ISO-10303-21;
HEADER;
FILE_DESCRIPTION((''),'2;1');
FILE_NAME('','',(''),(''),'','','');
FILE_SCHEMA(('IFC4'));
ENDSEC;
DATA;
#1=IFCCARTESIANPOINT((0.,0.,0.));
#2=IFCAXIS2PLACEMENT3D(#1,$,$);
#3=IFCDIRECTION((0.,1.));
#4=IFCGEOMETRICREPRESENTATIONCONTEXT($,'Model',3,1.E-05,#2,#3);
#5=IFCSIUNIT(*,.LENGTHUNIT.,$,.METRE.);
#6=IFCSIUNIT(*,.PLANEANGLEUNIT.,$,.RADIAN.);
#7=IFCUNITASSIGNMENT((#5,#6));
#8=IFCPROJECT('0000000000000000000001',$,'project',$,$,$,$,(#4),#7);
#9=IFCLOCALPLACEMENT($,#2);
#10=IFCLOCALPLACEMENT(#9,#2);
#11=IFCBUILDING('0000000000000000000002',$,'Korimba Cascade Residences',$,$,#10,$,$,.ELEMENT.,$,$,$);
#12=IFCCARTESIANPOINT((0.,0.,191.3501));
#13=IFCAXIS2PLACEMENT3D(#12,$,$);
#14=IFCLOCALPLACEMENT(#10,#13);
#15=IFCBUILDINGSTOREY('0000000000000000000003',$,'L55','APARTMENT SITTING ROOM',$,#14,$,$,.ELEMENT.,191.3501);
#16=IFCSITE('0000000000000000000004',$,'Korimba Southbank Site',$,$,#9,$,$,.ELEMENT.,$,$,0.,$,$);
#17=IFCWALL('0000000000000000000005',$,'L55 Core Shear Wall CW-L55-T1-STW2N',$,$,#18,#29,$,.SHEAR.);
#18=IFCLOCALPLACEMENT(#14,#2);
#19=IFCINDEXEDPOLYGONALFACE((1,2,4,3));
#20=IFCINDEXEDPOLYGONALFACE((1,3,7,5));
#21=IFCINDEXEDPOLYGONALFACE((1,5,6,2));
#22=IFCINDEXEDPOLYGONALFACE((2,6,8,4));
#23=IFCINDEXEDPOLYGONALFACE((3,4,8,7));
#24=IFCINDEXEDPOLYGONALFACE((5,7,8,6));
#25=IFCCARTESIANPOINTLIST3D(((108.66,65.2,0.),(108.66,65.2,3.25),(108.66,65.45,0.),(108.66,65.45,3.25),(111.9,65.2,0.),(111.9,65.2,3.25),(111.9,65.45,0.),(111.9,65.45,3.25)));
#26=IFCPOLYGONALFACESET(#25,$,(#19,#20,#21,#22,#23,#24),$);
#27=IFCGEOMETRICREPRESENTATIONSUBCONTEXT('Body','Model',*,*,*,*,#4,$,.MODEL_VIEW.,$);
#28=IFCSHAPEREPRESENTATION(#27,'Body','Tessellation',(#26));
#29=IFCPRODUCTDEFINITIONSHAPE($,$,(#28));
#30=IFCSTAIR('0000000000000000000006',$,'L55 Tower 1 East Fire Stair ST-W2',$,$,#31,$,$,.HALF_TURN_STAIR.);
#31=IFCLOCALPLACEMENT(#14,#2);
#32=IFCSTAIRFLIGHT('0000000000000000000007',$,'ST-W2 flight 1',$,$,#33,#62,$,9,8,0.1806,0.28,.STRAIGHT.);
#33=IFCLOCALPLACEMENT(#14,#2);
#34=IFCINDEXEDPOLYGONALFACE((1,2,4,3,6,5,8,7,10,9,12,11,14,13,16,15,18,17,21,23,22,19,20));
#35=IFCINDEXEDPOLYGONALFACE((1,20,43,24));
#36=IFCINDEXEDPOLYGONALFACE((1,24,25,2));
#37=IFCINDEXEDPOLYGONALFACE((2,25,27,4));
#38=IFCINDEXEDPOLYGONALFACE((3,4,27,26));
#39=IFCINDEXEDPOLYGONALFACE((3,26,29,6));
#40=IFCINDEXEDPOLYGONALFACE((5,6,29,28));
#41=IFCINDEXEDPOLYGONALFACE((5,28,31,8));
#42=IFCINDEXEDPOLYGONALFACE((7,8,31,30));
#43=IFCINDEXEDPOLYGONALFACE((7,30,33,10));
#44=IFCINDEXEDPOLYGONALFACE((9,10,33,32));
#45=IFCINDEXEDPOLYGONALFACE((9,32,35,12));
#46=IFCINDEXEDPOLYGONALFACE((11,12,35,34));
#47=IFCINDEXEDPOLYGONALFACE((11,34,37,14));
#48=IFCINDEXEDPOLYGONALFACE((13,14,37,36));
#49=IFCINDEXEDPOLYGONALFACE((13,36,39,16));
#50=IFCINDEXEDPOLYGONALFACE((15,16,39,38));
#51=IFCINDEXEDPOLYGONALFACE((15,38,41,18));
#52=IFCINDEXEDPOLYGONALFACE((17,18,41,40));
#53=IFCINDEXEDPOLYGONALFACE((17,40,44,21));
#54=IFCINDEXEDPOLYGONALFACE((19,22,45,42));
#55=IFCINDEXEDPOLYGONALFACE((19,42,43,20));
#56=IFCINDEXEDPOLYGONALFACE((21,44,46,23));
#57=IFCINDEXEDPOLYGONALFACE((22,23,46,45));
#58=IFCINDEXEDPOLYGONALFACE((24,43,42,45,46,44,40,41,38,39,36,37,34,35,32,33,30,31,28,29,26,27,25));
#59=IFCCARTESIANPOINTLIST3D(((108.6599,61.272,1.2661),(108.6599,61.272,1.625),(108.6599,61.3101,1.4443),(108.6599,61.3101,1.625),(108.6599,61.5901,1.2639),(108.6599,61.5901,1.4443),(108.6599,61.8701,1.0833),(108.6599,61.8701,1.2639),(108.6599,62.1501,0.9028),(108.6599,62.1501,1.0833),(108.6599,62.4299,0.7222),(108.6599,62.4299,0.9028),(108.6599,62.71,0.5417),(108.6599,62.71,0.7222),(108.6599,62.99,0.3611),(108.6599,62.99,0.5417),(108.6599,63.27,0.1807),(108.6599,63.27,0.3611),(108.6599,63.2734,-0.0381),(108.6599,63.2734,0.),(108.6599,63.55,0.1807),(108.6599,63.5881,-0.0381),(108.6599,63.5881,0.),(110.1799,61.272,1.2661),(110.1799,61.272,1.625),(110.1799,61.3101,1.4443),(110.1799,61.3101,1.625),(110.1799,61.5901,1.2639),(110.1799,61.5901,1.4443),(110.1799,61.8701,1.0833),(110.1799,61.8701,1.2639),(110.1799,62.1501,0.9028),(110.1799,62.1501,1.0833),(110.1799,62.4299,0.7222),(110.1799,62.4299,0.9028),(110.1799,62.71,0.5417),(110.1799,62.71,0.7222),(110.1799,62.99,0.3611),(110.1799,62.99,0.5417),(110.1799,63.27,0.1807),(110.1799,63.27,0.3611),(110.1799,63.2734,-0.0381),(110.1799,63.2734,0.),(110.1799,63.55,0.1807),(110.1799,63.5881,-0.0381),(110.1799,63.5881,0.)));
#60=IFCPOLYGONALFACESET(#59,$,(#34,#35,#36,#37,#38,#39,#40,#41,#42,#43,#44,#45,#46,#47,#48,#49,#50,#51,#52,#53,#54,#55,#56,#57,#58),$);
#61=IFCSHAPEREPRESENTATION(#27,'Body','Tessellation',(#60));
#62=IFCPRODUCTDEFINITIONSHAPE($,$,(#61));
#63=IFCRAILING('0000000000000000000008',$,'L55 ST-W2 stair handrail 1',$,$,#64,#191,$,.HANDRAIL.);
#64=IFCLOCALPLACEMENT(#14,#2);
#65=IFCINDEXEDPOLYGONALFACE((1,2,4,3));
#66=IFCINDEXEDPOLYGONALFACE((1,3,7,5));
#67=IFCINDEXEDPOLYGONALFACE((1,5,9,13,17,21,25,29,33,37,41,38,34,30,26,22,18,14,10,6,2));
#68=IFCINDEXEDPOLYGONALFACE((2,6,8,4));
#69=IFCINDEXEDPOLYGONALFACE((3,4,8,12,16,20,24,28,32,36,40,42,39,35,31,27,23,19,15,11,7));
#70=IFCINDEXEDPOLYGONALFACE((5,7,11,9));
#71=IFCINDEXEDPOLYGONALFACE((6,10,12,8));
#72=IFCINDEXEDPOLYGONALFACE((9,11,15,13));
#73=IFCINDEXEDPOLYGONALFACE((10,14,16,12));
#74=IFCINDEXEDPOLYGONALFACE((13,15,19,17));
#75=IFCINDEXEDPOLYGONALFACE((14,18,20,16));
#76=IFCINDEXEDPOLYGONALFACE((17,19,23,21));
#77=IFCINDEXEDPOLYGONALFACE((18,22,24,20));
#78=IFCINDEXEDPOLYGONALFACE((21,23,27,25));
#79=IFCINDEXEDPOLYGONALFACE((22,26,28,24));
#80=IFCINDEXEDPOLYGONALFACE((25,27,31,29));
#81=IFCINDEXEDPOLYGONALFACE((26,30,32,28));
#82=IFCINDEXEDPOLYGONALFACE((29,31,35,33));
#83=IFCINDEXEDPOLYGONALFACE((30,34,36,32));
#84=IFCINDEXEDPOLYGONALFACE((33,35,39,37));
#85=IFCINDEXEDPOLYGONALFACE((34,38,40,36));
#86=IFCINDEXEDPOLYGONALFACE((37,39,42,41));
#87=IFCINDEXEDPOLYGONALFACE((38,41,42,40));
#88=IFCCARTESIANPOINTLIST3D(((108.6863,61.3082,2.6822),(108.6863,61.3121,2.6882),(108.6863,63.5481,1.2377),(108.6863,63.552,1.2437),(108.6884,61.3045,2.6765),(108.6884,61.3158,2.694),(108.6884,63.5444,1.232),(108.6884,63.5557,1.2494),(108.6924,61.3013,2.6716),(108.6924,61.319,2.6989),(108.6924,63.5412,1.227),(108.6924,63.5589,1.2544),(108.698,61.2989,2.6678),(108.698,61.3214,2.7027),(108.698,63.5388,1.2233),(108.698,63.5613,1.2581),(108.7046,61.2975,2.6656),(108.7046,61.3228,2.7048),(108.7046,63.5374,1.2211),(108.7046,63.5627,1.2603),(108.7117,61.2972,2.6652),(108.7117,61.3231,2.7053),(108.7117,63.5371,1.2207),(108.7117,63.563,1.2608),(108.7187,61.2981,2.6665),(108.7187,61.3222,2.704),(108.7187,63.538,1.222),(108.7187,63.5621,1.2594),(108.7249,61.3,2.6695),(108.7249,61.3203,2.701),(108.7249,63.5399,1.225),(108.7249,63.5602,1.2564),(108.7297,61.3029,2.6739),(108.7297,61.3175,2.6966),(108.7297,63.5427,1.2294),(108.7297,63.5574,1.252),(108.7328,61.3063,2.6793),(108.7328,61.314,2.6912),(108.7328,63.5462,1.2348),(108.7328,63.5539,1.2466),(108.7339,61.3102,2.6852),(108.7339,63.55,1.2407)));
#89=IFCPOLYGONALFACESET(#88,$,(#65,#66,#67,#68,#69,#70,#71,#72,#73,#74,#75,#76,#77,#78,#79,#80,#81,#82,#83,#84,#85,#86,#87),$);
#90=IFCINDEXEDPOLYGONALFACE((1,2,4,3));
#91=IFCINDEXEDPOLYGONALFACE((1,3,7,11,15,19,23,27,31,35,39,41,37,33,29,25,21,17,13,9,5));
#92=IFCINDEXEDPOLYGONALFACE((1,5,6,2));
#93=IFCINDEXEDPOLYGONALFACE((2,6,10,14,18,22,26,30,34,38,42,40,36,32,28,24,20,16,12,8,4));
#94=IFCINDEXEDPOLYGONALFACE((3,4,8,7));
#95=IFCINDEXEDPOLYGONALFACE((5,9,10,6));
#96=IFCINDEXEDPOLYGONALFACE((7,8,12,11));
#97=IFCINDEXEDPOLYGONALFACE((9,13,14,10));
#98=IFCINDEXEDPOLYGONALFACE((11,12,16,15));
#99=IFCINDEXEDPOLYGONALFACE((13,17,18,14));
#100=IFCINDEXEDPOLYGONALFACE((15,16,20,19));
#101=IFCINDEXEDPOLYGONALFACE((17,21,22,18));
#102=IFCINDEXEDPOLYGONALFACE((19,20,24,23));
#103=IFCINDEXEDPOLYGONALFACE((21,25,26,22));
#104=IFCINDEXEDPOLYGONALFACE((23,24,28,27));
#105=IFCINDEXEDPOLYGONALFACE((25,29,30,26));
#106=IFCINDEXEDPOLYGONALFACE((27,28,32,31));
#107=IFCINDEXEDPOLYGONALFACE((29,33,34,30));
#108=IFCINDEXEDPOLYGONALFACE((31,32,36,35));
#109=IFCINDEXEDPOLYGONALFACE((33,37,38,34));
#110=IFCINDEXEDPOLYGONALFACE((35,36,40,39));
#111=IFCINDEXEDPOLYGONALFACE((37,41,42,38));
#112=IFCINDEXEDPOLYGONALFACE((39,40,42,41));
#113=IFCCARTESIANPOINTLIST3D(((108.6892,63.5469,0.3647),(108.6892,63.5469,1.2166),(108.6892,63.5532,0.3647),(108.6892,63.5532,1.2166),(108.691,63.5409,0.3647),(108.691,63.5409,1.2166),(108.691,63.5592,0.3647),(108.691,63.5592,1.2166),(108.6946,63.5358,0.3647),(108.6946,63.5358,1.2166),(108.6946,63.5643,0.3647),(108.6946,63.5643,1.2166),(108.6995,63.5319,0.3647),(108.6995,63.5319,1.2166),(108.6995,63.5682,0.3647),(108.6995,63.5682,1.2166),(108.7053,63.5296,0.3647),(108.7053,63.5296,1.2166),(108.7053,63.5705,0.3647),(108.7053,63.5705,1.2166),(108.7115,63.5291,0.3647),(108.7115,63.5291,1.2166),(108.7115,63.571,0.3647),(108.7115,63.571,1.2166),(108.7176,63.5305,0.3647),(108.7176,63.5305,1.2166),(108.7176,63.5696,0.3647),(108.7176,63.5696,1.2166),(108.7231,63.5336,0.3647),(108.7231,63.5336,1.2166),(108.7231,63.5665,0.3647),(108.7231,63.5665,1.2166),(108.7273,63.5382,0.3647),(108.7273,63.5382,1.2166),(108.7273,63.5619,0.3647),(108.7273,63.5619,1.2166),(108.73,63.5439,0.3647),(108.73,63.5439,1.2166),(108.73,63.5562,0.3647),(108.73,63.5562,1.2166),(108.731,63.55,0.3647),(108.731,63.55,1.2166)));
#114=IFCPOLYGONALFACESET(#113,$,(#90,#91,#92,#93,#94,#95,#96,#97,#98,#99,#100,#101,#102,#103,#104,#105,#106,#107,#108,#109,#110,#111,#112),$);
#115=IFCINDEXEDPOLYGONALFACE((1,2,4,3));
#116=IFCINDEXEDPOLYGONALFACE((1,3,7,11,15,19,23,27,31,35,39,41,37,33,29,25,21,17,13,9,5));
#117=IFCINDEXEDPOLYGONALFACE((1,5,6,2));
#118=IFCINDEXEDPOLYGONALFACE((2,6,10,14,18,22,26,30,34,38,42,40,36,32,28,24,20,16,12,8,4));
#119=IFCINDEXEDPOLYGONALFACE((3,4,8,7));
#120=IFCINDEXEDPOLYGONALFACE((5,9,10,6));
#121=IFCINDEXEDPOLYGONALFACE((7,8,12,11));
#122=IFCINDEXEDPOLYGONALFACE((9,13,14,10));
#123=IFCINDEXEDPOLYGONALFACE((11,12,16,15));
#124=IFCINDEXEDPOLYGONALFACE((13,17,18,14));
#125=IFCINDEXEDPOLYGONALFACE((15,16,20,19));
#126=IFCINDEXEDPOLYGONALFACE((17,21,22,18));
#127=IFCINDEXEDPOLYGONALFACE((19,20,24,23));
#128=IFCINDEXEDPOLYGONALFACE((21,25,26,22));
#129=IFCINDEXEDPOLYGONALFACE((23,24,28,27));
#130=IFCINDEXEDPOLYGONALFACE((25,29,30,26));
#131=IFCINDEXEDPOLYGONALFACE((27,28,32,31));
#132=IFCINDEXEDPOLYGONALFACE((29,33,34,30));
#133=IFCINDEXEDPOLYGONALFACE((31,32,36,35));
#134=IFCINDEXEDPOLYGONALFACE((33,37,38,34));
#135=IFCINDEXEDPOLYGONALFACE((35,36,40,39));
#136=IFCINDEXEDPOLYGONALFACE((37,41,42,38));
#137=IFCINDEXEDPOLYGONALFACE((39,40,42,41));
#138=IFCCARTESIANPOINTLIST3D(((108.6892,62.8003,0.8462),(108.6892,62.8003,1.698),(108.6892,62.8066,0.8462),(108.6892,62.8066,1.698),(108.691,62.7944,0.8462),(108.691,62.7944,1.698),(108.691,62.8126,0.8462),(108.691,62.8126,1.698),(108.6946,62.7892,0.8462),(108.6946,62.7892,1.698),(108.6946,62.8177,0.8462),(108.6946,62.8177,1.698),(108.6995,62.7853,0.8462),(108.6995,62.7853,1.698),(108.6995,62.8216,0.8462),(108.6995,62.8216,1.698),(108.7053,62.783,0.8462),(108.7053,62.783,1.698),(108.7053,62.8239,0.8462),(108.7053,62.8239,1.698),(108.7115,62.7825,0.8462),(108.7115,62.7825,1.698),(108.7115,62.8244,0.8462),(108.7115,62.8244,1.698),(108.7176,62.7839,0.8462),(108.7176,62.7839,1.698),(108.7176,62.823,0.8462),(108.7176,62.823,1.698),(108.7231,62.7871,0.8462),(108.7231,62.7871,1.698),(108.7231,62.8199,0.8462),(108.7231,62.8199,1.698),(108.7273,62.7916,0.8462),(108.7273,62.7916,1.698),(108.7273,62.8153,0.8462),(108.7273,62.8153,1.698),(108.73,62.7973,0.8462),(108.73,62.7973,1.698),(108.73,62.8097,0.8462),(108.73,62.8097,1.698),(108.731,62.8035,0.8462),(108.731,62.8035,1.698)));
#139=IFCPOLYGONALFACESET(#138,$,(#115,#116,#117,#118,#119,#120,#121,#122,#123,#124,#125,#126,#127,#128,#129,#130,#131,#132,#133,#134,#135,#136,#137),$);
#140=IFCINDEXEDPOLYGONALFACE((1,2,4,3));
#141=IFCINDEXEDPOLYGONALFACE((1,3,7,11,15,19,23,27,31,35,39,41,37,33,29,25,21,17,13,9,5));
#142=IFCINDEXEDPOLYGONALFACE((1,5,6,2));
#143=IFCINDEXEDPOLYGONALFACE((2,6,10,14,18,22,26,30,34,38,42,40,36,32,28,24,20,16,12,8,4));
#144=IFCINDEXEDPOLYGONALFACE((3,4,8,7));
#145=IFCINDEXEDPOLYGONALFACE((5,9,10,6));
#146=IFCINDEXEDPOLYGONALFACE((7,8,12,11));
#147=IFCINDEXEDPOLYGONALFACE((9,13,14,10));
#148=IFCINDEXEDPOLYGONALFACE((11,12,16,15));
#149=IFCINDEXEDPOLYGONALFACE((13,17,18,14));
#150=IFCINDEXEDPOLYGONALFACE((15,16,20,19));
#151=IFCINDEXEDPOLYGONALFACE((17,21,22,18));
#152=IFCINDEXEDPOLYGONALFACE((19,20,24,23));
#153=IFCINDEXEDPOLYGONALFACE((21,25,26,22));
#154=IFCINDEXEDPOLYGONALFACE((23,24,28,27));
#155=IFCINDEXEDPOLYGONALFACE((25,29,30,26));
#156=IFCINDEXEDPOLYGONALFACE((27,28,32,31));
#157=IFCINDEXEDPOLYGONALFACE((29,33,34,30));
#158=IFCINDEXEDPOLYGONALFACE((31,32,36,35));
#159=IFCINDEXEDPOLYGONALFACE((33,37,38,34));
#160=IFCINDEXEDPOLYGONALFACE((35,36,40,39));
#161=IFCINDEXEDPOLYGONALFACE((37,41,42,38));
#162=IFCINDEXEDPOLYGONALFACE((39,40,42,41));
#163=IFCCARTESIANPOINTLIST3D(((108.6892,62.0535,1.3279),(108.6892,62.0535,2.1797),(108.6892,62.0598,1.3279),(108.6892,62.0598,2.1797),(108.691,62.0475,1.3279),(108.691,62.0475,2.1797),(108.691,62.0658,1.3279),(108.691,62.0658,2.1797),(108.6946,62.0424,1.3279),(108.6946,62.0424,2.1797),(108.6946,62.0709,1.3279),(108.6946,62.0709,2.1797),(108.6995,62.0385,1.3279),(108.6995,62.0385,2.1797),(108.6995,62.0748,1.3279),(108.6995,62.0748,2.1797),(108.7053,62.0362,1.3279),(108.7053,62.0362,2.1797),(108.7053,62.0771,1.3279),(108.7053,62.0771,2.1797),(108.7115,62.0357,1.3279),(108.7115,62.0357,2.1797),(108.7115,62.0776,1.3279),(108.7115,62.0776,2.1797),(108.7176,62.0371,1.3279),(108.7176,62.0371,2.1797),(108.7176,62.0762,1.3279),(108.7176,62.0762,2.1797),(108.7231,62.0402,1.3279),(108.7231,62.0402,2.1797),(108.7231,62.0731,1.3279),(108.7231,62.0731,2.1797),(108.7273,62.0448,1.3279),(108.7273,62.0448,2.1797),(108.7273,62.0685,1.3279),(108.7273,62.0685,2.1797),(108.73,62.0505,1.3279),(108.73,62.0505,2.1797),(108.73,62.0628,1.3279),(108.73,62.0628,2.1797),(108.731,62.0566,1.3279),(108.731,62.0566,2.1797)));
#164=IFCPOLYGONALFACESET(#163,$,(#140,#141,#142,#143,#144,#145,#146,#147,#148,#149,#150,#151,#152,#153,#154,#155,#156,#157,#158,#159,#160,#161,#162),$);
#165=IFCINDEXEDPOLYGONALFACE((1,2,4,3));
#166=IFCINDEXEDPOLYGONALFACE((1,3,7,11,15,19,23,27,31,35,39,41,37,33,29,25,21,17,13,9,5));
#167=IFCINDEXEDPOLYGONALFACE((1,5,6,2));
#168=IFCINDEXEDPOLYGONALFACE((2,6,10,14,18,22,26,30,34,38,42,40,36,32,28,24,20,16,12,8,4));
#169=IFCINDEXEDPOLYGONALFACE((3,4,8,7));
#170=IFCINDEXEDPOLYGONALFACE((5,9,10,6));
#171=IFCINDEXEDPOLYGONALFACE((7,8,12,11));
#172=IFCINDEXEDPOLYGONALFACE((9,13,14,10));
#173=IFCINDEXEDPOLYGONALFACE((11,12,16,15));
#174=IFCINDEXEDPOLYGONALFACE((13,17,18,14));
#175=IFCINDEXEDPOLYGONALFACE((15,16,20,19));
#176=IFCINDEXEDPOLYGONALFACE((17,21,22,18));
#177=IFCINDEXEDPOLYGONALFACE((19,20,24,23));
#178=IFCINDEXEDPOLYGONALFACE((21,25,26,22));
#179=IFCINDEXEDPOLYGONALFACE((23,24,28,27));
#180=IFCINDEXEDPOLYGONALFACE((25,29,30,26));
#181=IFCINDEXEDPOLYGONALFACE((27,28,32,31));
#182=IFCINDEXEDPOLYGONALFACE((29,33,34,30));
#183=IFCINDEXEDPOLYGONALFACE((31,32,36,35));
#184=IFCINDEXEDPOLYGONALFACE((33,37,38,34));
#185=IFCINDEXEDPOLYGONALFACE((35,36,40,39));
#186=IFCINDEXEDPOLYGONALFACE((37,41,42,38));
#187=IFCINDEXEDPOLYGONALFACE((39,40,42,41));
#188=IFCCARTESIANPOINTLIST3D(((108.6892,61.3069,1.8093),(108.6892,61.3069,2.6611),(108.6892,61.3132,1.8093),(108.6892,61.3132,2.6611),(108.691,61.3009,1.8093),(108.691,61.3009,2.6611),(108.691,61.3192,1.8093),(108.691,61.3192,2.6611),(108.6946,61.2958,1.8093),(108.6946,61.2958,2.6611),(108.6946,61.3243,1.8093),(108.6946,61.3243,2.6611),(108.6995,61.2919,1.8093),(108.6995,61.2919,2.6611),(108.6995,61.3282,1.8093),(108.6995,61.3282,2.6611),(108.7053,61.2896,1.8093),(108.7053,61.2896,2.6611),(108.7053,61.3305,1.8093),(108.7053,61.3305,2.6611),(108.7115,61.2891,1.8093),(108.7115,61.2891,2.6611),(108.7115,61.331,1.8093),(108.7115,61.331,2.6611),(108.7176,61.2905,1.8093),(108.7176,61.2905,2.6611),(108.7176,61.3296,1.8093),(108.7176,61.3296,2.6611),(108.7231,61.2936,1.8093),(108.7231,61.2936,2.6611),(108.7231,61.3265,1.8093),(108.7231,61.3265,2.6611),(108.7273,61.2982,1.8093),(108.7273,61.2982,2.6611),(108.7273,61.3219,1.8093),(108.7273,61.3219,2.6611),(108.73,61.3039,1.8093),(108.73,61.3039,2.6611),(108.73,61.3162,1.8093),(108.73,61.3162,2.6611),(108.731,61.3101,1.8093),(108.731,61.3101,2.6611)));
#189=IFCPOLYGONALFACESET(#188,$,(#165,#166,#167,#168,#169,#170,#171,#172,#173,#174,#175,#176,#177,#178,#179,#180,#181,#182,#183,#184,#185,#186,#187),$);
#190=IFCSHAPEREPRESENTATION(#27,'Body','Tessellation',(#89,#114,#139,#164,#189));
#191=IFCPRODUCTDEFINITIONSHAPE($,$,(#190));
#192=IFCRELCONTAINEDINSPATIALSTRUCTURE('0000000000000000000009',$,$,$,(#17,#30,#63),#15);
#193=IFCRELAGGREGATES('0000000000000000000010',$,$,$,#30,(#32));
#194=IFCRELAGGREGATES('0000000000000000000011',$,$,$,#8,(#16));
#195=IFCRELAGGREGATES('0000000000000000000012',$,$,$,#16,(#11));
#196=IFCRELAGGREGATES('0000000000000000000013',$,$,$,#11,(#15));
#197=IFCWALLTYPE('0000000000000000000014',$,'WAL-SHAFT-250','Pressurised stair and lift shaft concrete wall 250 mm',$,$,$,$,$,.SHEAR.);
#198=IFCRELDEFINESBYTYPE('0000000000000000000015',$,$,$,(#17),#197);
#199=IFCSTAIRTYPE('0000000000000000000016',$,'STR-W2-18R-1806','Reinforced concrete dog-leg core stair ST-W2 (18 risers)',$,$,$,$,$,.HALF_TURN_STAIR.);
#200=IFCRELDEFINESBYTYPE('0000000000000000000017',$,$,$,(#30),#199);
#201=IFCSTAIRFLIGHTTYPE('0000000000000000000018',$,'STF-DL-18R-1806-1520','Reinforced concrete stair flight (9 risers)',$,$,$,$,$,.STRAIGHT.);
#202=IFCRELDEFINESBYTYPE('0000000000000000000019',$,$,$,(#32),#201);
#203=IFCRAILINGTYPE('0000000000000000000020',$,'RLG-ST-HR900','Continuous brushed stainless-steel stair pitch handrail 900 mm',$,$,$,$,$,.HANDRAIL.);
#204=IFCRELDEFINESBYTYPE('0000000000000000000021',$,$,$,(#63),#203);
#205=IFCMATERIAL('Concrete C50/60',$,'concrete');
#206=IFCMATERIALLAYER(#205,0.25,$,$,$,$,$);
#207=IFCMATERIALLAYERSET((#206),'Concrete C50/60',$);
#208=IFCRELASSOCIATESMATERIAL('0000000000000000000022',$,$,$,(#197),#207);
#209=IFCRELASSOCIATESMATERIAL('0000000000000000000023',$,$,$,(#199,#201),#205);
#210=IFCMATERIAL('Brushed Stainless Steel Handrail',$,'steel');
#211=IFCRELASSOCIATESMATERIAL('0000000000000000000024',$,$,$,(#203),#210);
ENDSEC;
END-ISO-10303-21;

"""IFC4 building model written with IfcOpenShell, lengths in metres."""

from ifc_helpers import new_model, si_unit, direction, frame, frame_2d, origin, origin_2d, place, context, subcontext, project, spatial, polyline, rectangle, circle, outline, extrude, material, layer, layer_set, type_object, element, aggregate, save


model = new_model("IFC4")

# Units and contexts
model_context = context("Model", 3, precision=1e-05, world=origin(), true_north=direction((0.0, 1.0)))
body_context = subcontext(model_context, "Body", "Model", "MODEL_VIEW")
ifc_project = project(units=[si_unit("LENGTHUNIT", "METRE"), si_unit("PLANEANGLEUNIT", "RADIAN")], contexts=[model_context])

# Site, building, storey
site_placement = place(None, origin())
site = spatial("IfcSite", under=ifc_project, at=site_placement, Name="Korimba Southbank Site", CompositionType="ELEMENT", RefElevation=0.0)
building_placement = place(site_placement, origin())
building = spatial("IfcBuilding", under=site, at=building_placement, Name="Korimba Cascade Residences", CompositionType="ELEMENT")
storey_placement = place(building_placement, frame((0.0, 0.0, 191.3501)))
storey = spatial("IfcBuildingStorey", under=building, at=storey_placement, Name="L55", Description="APARTMENT SITTING ROOM", CompositionType="ELEMENT", Elevation=191.3501)

# Shared definitions
ifc_material_1 = material(Name="Concrete C50/60", Category="concrete")
ifc_layer_1 = layer(ifc_material_1, 0.25)
ifc_layer_set_1 = layer_set([ifc_layer_1], Name="Concrete C50/60")
wall_type_1 = type_object("IfcWallType", Name="WAL-SHAFT-250", Description="Pressurised stair and lift shaft concrete wall 250 mm", PredefinedType="SHEAR", material=ifc_layer_set_1)

# Wall
for number, where, z_axis, x_axis, name in (
    (1, (108.6599, 65.325, 0.0), (0.0, 0.0, 1.0), (1.0, 0.0, 0.0), "L55 Core Shear Wall CW-L55-T1-STW2N"),
):
    element("IfcWall", number, at=place(storey_placement, frame(where, z_axis=z_axis, x_axis=x_axis)), inside=storey, type_object=wall_type_1, Name=name, PredefinedType="SHEAR", context=body_context, shape_type="SweptSolid", body=[
        extrude(rectangle(XDim=3.24, YDim=0.25, at=frame_2d((1.6201, 0.0))), origin(), (0.0, 0.0, 1.0), 3.25),
    ])

# Stair, stair flight
stair_type = type_object("IfcStairType", Name="STR-W2-18R-1806", Description="Reinforced concrete dog-leg core stair ST-W2 (18 risers)", PredefinedType="HALF_TURN_STAIR", material=ifc_material_1)
stair_placement = place(storey_placement, origin())
stair = element("IfcStair", 2, at=stair_placement, inside=storey, type_object=stair_type, Name="L55 Tower 1 East Fire Stair ST-W2", PredefinedType="HALF_TURN_STAIR")
stair_flight_type = type_object("IfcStairFlightType", Name="STF-DL-18R-1806-1520", Description="Reinforced concrete stair flight (9 risers)", PredefinedType="STRAIGHT", material=ifc_material_1)
stair_flight_placement = place(storey_placement, frame((109.4199, 63.55, 0.0), z_axis=(0.0, 0.0, 1.0), x_axis=(0.0, -1.0, 0.0)))
stair_flight = element("IfcStairFlight", 3, at=stair_flight_placement, type_object=stair_flight_type, Name="ST-W2 flight 1", NumberOfRisers=9, NumberOfTreads=8, PredefinedType="STRAIGHT", RiserHeight=0.1806, TreadLength=0.28, context=body_context, shape_type="SweptSolid", body=[
    extrude(outline(polyline([(-0.0381, 0.0), (0.0, 0.1807), (0.28, 0.1807), (0.28, 0.3611), (0.5601, 0.3611), (0.5601, 0.5417), (0.8401, 0.5417), (0.8401, 0.7222), (1.1201, 0.7222), (1.1201, 0.9028), (1.3999, 0.9028), (1.3999, 1.0833), (1.6799, 1.0833), (1.6799, 1.2639), (1.96, 1.2639), (1.96, 1.4443), (2.24, 1.4443), (2.24, 1.625), (2.2781, 1.625), (2.2781, 1.2661), (0.2766, 0.0), (0.2766, -0.0381), (-0.0381, -0.0381), (-0.0381, 0.0)])), frame((0.0, 0.76, 0.0), z_axis=(0.0, -1.0, 0.0), x_axis=(1.0, 0.0, 0.0)), (0.0, 0.0, 1.0), 1.52),
])
aggregate(stair, [stair_flight])

# Railing
ifc_material_2 = material(Name="Brushed Stainless Steel Handrail", Category="steel")
railing_type = type_object("IfcRailingType", Name="RLG-ST-HR900", Description="Continuous brushed stainless-steel stair pitch handrail 900 mm", PredefinedType="HANDRAIL", material=ifc_material_2)
railing_placement = place(storey_placement, frame((108.71, 63.55, 0.3647)))
element("IfcRailing", 4, at=railing_placement, inside=storey, type_object=railing_type, Name="L55 ST-W2 stair handrail 1", PredefinedType="HANDRAIL", context=body_context, shape_type="SweptSolid", body=[
    extrude(circle(Radius=0.0239, at=origin_2d()), frame((0.0, 0.0, 0.876), z_axis=(0.0, -0.840395, 0.541975), x_axis=(1.0, 0.0, 0.0)), (0.0, 0.0, 1.0), 2.6653),
    extrude(circle(Radius=0.021, at=origin_2d()), origin(), (0.0, 0.0, 1.0), 0.8518),
    extrude(circle(Radius=0.021, at=origin_2d()), frame((0.0, -0.7466, 0.4814)), (0.0, 0.0, 1.0), 0.8518),
    extrude(circle(Radius=0.021, at=origin_2d()), frame((0.0, -1.4934, 0.9631)), (0.0, 0.0, 1.0), 0.8518),
    extrude(circle(Radius=0.021, at=origin_2d()), frame((0.0, -2.24, 1.4446)), (0.0, 0.0, 1.0), 0.8518),
])

save(model, "model.ifc")
